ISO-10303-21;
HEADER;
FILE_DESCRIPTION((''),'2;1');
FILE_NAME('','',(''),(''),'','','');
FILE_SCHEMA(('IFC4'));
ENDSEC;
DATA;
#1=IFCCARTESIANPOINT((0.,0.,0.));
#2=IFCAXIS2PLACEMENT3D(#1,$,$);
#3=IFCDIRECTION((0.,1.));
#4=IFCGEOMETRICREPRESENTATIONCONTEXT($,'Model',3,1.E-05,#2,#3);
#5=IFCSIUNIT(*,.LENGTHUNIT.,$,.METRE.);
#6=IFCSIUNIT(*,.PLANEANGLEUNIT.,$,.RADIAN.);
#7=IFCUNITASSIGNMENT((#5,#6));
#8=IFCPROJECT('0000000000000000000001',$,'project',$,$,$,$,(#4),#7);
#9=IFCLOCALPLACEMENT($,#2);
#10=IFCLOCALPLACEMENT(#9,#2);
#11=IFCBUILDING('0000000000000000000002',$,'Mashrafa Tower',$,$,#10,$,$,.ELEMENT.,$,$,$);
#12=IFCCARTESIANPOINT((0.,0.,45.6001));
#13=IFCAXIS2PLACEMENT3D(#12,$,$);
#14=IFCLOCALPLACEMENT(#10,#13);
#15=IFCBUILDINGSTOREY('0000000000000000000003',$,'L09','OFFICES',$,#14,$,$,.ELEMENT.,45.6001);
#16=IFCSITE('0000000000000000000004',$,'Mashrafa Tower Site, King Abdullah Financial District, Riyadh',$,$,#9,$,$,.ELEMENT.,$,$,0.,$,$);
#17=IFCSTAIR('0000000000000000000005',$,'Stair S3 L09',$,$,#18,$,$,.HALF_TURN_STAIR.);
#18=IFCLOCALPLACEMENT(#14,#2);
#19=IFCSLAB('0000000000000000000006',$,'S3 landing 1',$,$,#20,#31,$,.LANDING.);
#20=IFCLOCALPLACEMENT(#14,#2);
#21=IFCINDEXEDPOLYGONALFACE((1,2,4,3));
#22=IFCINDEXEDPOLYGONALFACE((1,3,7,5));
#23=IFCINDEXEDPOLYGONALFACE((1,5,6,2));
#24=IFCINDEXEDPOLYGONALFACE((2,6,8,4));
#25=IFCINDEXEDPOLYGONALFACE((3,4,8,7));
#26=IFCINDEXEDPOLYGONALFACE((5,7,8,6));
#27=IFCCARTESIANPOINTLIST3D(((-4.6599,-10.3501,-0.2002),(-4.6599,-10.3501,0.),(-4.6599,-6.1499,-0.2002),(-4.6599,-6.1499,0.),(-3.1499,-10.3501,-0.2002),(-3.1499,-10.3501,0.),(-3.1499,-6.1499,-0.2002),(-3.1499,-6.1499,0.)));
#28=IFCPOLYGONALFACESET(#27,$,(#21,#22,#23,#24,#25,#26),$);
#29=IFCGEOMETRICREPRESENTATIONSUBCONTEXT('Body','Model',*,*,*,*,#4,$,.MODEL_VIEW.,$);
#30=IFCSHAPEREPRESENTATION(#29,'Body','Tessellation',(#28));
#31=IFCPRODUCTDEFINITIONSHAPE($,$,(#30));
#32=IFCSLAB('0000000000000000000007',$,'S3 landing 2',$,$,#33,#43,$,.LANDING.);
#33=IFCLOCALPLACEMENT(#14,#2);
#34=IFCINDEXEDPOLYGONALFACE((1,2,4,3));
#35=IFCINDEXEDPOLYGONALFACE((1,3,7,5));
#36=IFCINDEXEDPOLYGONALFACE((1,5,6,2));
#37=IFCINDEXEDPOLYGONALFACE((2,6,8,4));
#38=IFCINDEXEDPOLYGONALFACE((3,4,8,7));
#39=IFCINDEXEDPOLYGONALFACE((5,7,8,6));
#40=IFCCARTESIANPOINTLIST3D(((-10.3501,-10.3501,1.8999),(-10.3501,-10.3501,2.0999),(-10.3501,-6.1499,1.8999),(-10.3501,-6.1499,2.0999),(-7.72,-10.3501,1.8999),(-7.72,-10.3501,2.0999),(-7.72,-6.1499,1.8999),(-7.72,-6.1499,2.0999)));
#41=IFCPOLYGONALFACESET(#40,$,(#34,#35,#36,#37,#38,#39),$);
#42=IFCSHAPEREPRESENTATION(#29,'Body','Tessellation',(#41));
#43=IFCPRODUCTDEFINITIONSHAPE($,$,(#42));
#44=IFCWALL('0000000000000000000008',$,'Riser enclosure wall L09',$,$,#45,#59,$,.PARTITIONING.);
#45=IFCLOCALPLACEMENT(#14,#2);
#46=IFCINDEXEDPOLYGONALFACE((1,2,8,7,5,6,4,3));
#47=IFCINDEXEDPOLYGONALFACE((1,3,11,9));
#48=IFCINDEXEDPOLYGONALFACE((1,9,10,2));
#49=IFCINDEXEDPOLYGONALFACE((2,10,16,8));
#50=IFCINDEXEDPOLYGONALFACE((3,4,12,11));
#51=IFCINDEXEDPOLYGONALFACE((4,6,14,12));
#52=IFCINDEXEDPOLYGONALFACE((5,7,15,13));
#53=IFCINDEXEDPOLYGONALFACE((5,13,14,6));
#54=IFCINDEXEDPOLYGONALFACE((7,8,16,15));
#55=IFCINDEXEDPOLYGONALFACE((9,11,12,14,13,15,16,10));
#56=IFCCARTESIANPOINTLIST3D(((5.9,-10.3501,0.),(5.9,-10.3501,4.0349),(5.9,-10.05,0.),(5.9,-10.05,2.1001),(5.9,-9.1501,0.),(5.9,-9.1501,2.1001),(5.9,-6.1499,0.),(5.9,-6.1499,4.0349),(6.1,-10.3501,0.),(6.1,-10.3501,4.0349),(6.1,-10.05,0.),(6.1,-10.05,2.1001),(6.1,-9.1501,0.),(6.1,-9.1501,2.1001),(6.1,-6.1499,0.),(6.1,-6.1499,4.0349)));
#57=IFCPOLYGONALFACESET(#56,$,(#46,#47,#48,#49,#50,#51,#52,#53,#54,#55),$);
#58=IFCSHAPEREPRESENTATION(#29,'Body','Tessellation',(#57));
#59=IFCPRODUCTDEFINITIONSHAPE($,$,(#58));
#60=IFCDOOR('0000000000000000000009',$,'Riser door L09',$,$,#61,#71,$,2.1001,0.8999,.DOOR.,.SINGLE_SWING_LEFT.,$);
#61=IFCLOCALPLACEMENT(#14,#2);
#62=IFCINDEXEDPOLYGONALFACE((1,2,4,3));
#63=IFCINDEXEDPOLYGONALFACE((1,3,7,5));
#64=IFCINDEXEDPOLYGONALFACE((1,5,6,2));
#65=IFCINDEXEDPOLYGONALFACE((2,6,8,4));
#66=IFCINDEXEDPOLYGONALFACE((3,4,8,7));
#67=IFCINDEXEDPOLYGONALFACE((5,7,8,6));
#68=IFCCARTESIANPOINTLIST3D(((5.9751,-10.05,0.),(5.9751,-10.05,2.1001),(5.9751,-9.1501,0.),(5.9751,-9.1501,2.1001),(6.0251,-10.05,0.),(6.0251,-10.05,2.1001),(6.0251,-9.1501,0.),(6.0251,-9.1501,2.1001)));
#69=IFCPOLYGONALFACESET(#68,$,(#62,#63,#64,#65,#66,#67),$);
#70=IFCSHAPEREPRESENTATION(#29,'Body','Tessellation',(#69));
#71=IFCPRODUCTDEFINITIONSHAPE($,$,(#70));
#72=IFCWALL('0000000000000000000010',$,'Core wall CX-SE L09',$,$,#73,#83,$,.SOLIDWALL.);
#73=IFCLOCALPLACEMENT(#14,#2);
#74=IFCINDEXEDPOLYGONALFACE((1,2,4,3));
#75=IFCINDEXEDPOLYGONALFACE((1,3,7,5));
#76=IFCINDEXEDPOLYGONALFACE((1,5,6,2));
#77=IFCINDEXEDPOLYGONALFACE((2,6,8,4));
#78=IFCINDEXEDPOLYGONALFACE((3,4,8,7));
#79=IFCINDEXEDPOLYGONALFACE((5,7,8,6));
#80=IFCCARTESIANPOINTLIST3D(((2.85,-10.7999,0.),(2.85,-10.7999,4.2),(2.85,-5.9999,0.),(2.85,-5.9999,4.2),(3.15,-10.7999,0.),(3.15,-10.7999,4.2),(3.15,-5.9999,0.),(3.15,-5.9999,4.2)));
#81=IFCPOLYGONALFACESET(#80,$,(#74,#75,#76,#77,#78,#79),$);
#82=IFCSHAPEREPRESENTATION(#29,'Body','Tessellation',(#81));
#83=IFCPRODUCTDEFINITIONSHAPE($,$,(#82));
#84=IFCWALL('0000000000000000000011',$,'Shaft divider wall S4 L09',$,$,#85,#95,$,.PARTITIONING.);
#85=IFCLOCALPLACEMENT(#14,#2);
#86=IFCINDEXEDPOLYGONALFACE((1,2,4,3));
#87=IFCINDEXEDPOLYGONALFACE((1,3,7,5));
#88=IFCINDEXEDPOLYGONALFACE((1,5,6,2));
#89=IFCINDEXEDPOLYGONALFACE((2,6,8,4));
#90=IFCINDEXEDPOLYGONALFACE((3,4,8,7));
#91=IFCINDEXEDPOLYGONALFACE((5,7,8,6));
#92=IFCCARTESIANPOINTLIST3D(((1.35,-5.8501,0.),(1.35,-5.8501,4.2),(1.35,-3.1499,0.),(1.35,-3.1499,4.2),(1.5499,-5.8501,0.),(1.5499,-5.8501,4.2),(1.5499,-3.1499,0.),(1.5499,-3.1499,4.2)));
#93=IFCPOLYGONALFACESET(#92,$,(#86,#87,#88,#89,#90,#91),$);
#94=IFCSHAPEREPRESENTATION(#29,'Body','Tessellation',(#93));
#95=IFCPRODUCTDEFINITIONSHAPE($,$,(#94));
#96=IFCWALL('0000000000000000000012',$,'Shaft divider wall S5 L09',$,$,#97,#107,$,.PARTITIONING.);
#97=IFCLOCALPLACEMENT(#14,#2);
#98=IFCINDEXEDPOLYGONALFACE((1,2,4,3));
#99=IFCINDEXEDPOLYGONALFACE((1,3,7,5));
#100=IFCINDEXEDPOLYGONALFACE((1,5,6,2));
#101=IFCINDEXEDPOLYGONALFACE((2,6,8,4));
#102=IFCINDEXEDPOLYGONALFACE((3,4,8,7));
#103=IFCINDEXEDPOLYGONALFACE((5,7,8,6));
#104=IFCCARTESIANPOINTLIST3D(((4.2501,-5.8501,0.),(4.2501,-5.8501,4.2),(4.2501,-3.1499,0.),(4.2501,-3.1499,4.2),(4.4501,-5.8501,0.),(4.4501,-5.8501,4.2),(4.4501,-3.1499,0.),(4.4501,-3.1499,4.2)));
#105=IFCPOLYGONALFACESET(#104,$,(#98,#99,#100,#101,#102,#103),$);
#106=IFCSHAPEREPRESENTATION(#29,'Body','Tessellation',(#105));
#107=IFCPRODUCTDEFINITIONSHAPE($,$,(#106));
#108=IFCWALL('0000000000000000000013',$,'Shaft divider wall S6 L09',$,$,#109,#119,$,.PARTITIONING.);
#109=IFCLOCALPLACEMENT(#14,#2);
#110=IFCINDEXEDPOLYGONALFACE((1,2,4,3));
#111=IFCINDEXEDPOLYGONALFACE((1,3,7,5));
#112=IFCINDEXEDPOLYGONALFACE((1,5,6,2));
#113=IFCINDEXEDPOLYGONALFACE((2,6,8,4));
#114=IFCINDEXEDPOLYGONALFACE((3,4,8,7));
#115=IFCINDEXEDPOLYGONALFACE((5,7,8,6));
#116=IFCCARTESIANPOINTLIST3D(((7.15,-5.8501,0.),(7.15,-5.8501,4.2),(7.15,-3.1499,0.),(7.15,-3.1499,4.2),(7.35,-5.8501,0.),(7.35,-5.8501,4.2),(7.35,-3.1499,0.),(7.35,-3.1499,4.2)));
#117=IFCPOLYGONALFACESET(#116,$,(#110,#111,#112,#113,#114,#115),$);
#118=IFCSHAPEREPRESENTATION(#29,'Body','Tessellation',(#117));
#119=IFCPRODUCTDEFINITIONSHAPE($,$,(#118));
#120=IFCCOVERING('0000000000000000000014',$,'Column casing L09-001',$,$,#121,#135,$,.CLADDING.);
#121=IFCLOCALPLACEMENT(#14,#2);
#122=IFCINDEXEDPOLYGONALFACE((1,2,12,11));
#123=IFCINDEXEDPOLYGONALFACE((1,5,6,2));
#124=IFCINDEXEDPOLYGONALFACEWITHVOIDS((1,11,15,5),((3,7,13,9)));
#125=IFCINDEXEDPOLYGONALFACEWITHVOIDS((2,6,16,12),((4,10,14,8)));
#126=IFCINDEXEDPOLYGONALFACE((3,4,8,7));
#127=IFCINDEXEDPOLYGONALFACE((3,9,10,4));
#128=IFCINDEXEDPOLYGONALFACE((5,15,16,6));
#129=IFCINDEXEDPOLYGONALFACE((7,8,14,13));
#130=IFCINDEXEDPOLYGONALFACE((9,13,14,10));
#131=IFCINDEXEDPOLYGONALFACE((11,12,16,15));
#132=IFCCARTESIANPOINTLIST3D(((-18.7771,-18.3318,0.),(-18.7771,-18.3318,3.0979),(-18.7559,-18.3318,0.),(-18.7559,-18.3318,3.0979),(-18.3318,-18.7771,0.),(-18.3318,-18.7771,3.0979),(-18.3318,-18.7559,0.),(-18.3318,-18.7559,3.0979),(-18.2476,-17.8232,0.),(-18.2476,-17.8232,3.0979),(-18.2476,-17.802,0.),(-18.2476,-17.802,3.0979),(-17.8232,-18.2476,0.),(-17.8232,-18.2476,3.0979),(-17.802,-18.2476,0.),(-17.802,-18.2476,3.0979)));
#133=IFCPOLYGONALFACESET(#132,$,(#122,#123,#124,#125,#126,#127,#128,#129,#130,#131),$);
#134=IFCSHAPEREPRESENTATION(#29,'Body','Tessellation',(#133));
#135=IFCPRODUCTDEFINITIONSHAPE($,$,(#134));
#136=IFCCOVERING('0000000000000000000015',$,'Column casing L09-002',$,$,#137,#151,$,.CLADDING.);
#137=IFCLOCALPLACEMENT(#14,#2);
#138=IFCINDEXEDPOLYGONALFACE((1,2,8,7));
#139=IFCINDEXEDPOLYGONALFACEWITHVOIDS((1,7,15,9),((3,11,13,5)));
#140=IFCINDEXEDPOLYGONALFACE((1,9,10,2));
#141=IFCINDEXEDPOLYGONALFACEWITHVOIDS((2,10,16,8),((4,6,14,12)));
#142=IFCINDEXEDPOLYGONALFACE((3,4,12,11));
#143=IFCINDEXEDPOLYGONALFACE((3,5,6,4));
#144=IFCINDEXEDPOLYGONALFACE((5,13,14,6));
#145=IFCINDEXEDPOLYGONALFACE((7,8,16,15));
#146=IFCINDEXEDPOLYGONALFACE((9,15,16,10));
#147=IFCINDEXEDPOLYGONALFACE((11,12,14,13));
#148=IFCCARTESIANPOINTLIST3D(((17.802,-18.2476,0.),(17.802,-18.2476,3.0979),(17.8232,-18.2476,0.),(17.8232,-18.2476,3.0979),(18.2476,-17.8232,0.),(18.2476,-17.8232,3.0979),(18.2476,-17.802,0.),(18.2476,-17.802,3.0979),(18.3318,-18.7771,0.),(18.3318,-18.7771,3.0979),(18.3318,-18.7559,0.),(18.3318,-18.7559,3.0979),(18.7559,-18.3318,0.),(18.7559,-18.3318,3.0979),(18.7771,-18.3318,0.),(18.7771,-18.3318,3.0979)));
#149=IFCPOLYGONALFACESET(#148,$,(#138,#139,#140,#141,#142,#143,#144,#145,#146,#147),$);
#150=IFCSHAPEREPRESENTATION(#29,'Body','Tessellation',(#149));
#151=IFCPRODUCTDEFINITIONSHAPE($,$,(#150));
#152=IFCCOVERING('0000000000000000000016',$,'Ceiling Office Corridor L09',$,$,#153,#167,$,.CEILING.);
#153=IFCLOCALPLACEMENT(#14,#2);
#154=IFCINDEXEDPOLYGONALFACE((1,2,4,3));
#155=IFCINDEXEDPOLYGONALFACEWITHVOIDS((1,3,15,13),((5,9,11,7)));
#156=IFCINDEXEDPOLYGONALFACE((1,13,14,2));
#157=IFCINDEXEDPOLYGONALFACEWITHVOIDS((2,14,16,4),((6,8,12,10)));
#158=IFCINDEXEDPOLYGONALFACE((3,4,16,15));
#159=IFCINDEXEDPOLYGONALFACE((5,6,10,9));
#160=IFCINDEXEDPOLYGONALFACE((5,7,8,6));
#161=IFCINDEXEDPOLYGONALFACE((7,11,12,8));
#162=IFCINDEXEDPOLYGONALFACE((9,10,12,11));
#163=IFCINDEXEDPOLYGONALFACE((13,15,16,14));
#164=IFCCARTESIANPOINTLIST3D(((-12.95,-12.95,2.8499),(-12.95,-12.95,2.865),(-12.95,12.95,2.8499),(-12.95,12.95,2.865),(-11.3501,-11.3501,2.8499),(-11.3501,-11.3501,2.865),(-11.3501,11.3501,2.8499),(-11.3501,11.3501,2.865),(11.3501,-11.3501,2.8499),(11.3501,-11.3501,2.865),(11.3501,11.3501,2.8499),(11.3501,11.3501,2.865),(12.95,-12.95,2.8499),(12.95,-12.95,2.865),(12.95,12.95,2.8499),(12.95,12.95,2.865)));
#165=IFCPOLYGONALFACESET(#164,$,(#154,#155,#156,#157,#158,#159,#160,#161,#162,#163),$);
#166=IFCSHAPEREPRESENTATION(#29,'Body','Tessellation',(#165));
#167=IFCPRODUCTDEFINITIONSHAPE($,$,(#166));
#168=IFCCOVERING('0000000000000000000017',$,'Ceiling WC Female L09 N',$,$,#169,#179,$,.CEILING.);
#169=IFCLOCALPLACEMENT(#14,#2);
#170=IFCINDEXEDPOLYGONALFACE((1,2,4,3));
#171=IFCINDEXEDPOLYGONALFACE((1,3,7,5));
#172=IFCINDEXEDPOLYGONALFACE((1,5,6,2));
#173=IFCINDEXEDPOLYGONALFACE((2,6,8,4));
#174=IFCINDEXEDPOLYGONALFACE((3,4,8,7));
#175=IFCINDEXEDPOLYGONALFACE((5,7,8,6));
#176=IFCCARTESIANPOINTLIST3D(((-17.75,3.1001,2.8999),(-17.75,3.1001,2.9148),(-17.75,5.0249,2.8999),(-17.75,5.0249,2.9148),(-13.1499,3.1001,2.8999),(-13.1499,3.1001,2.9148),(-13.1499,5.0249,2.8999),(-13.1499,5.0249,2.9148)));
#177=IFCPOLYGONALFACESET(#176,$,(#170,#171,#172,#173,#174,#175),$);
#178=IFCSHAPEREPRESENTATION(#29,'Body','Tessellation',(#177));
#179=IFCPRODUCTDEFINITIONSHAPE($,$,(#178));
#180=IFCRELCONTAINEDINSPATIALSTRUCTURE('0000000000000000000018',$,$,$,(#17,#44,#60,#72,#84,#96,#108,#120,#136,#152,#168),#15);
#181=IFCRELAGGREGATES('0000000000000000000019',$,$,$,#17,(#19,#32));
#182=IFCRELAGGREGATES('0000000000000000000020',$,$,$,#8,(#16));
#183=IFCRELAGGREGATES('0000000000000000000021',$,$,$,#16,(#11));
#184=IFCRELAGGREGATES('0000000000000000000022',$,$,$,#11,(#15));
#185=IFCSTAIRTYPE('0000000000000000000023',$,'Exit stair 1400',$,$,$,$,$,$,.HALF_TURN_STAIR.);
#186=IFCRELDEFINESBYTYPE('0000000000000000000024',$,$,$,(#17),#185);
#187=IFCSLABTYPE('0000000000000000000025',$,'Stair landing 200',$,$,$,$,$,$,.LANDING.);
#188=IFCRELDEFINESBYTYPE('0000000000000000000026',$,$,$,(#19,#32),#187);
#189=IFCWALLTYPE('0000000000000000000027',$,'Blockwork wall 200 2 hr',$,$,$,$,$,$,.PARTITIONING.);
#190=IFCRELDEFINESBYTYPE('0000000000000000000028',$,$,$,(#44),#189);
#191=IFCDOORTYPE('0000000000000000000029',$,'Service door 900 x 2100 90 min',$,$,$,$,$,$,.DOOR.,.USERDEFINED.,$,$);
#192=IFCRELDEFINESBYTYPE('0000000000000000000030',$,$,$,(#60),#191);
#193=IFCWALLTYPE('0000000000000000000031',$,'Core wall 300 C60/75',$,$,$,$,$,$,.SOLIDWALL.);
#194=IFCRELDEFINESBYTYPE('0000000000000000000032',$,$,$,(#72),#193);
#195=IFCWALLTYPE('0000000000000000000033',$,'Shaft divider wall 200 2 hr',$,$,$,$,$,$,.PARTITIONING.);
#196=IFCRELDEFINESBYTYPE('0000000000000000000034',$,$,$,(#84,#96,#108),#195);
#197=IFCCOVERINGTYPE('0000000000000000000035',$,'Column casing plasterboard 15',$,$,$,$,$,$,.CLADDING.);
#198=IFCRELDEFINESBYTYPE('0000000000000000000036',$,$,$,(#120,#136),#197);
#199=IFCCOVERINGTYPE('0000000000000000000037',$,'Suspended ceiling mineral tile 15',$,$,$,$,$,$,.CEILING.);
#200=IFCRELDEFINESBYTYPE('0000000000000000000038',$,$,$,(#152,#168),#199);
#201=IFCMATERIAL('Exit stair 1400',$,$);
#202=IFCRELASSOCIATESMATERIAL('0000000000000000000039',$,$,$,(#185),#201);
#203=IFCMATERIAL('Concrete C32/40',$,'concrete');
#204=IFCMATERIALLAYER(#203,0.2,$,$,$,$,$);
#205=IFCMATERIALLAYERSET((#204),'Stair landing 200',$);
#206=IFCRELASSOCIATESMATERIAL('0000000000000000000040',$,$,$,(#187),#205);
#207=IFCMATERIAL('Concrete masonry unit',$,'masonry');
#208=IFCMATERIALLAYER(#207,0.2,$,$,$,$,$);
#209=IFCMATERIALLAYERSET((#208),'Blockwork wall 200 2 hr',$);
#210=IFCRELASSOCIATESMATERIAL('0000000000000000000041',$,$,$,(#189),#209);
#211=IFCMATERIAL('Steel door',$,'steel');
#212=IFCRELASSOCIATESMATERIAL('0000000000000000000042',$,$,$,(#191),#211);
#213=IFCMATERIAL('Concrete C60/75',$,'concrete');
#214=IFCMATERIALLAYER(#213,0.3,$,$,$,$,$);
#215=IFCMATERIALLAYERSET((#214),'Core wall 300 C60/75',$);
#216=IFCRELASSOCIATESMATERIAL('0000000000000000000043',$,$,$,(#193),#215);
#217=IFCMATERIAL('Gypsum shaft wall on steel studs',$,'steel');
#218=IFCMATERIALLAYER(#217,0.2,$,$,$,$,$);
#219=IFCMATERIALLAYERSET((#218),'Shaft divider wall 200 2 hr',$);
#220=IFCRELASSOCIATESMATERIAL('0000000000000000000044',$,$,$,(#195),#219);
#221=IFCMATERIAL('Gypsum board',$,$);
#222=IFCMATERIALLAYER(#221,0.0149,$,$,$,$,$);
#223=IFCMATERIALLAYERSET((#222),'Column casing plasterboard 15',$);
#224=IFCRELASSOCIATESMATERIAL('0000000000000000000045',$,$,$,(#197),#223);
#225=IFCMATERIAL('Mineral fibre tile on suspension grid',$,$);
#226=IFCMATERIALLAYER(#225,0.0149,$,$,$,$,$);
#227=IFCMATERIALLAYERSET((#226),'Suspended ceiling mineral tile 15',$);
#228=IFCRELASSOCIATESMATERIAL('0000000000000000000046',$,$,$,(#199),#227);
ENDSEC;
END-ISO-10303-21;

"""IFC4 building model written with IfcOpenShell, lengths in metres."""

from ifc_helpers import new_model, si_unit, direction, frame, frame_2d, origin, place, context, subcontext, project, spatial, polyline, rectangle, outline, extrude, material, layer, layer_set, type_object, element, fill, aggregate, save


model = new_model("IFC4")

# Units and contexts
model_context = context("Model", 3, precision=1e-05, world=origin(), true_north=direction((0.0, 1.0)))
body_context = subcontext(model_context, "Body", "Model", "MODEL_VIEW")
ifc_project = project(units=[si_unit("LENGTHUNIT", "METRE"), si_unit("PLANEANGLEUNIT", "RADIAN")], contexts=[model_context])

# Site, building, storey
site_placement = place(None, origin())
site = spatial("IfcSite", under=ifc_project, at=site_placement, Name="Mashrafa Tower Site, King Abdullah Financial District, Riyadh", CompositionType="ELEMENT", RefElevation=0.0)
building_placement = place(site_placement, origin())
building = spatial("IfcBuilding", under=site, at=building_placement, Name="Mashrafa Tower", CompositionType="ELEMENT")
storey_placement = place(building_placement, frame((0.0, 0.0, 45.6001)))
storey = spatial("IfcBuildingStorey", under=building, at=storey_placement, Name="L09", Description="OFFICES", CompositionType="ELEMENT", Elevation=45.6001)

# Stair, slabs
ifc_material_1 = material(Name="Exit stair 1400")
stair_type = type_object("IfcStairType", Name="Exit stair 1400", PredefinedType="HALF_TURN_STAIR", material=ifc_material_1)
ifc_material_2 = material(Name="Concrete C32/40", Category="concrete")
ifc_layer_1 = layer(ifc_material_2, 0.2)
ifc_layer_set_1 = layer_set([ifc_layer_1], Name="Stair landing 200")
slab_type_1 = type_object("IfcSlabType", Name="Stair landing 200", PredefinedType="LANDING", material=ifc_layer_set_1)
stair_1_placement = place(storey_placement, origin())
stair_1 = element("IfcStair", 1, at=stair_1_placement, inside=storey, type_object=stair_type, Name="Stair S3 L09", PredefinedType="HALF_TURN_STAIR")
slab_1_placement = place(storey_placement, frame((0.0, 0.0, -0.2002)))
slab_1 = element("IfcSlab", 2, at=slab_1_placement, type_object=slab_type_1, Name="S3 landing 1", PredefinedType="LANDING", context=body_context, shape_type="SweptSolid", body=[
    extrude(outline(polyline([(-4.6599, -10.3501), (-3.1499, -10.3501), (-3.1499, -6.1499), (-4.6599, -6.1499), (-4.6599, -10.3501)])), origin(), (0.0, 0.0, 1.0), 0.2002),
])
slab_2_placement = place(storey_placement, frame((0.0, 0.0, 1.8999)))
slab_2 = element("IfcSlab", 3, at=slab_2_placement, type_object=slab_type_1, Name="S3 landing 2", PredefinedType="LANDING", context=body_context, shape_type="SweptSolid", body=[
    extrude(outline(polyline([(-10.3501, -10.3501), (-7.72, -10.3501), (-7.72, -6.1499), (-10.3501, -6.1499), (-10.3501, -10.3501)])), origin(), (0.0, 0.0, 1.0), 0.2),
])
aggregate(stair_1, [slab_1, slab_2])

# Wall, opening, door
ifc_material_3 = material(Name="Concrete masonry unit", Category="masonry")
ifc_layer_2 = layer(ifc_material_3, 0.2)
ifc_layer_set_2 = layer_set([ifc_layer_2], Name="Blockwork wall 200 2 hr")
wall_type_1 = type_object("IfcWallType", Name="Blockwork wall 200 2 hr", PredefinedType="PARTITIONING", material=ifc_layer_set_2)
wall_1_placement = place(storey_placement, frame((6.0, -10.3501, 0.0), z_axis=(0.0, 0.0, 1.0), x_axis=(0.0, 1.0, 0.0)))
wall_1 = element("IfcWall", 4, at=wall_1_placement, inside=storey, type_object=wall_type_1, Name="Riser enclosure wall L09", PredefinedType="PARTITIONING", context=body_context, shape_type="SweptSolid", body=[
    extrude(rectangle(XDim=4.2002, YDim=0.2, at=frame_2d((2.1001, 0.0))), origin(), (0.0, 0.0, 1.0), 4.0349),
])
opening_placement = place(wall_1_placement, frame((0.3, 0.0, 0.0)))
opening = element("IfcOpeningElement", 5, at=opening_placement, cuts=wall_1, PredefinedType="OPENING", context=body_context, shape_type="SweptSolid", body=[
    extrude(rectangle(XDim=0.8999, YDim=2.1001, at=frame_2d((0.45, 1.05))), frame((0.0, 0.1099, 0.0), z_axis=(0.0, -1.0, 0.0), x_axis=(1.0, 0.0, 0.0)), (0.0, 0.0, 1.0), 0.22),
])
ifc_material_4 = material(Name="Steel door", Category="steel")
door_type = type_object("IfcDoorType", Name="Service door 900 x 2100 90 min", OperationType="USERDEFINED", PredefinedType="DOOR", material=ifc_material_4)
door_placement = place(opening_placement, origin())
door = element("IfcDoor", 6, at=door_placement, inside=storey, type_object=door_type, Name="Riser door L09", OperationType="SINGLE_SWING_LEFT", OverallHeight=2.1001, OverallWidth=0.8999, PredefinedType="DOOR", context=body_context, shape_type="SweptSolid", body=[
    extrude(rectangle(XDim=0.8999, YDim=2.1001, at=frame_2d((0.45, 1.05))), frame((0.0, 0.0249, 0.0), z_axis=(0.0, -1.0, 0.0), x_axis=(1.0, 0.0, 0.0)), (0.0, 0.0, 1.0), 0.05),
])
fill(opening, door)

# Walls
ifc_material_5 = material(Name="Concrete C60/75", Category="concrete")
ifc_layer_3 = layer(ifc_material_5, 0.3)
ifc_layer_set_3 = layer_set([ifc_layer_3], Name="Core wall 300 C60/75")
wall_type_2 = type_object("IfcWallType", Name="Core wall 300 C60/75", PredefinedType="SOLIDWALL", material=ifc_layer_set_3)
wall_2_placement = place(storey_placement, frame((3.0, -6.0, 0.0), z_axis=(0.0, 0.0, 1.0), x_axis=(0.0, -1.0, 0.0)))
element("IfcWall", 7, at=wall_2_placement, inside=storey, type_object=wall_type_2, Name="Core wall CX-SE L09", PredefinedType="SOLIDWALL", context=body_context, shape_type="SweptSolid", body=[
    extrude(rectangle(XDim=4.8, YDim=0.3, at=frame_2d((2.3999, 0.0))), origin(), (0.0, 0.0, 1.0), 4.2),
])
ifc_material_6 = material(Name="Gypsum shaft wall on steel studs", Category="steel")
ifc_layer_4 = layer(ifc_material_6, 0.2)
ifc_layer_set_4 = layer_set([ifc_layer_4], Name="Shaft divider wall 200 2 hr")
wall_type_3 = type_object("IfcWallType", Name="Shaft divider wall 200 2 hr", PredefinedType="PARTITIONING", material=ifc_layer_set_4)
for number, where, z_axis, x_axis, name in (
    (8, (1.45, -5.8501, 0.0), (0.0, 0.0, 1.0), (0.0, 1.0, 0.0), "Shaft divider wall S4 L09"),
    (9, (4.3501, -5.8501, 0.0), (0.0, 0.0, 1.0), (0.0, 1.0, 0.0), "Shaft divider wall S5 L09"),
    (10, (7.25, -5.8501, 0.0), (0.0, 0.0, 1.0), (0.0, 1.0, 0.0), "Shaft divider wall S6 L09"),
):
    element("IfcWall", number, at=place(storey_placement, frame(where, z_axis=z_axis, x_axis=x_axis)), inside=storey, type_object=wall_type_3, Name=name, PredefinedType="PARTITIONING", context=body_context, shape_type="SweptSolid", body=[
        extrude(rectangle(XDim=2.7002, YDim=0.2, at=frame_2d((1.3501, 0.0))), origin(), (0.0, 0.0, 1.0), 4.2),
    ])

# Coverings
ifc_material_7 = material(Name="Gypsum board")
ifc_layer_5 = layer(ifc_material_7, 0.0149)
ifc_layer_set_5 = layer_set([ifc_layer_5], Name="Column casing plasterboard 15")
covering_type_1 = type_object("IfcCoveringType", Name="Column casing plasterboard 15", PredefinedType="CLADDING", material=ifc_layer_set_5)
covering_1_placement = place(storey_placement, origin())
element("IfcCovering", 11, at=covering_1_placement, inside=storey, type_object=covering_type_1, Name="Column casing L09-001", PredefinedType="CLADDING", context=body_context, shape_type="SweptSolid", body=[
    extrude(outline(polyline([(-18.7771, -18.3318), (-18.2476, -17.802), (-17.802, -18.2476), (-18.3318, -18.7771), (-18.7771, -18.3318)]), holes=[polyline([(-17.8232, -18.2476), (-18.2476, -17.8232), (-18.7559, -18.3318), (-18.3318, -18.7559), (-17.8232, -18.2476)])]), origin(), (0.0, 0.0, 1.0), 3.0979),
])
covering_2_placement = place(storey_placement, origin())
element("IfcCovering", 12, at=covering_2_placement, inside=storey, type_object=covering_type_1, Name="Column casing L09-002", PredefinedType="CLADDING", context=body_context, shape_type="SweptSolid", body=[
    extrude(outline(polyline([(17.802, -18.2476), (18.2476, -17.802), (18.7771, -18.3318), (18.3318, -18.7771), (17.802, -18.2476)]), holes=[polyline([(18.7559, -18.3318), (18.2476, -17.8232), (17.8232, -18.2476), (18.3318, -18.7559), (18.7559, -18.3318)])]), origin(), (0.0, 0.0, 1.0), 3.0979),
])
ifc_material_8 = material(Name="Mineral fibre tile on suspension grid")
ifc_layer_6 = layer(ifc_material_8, 0.0149)
ifc_layer_set_6 = layer_set([ifc_layer_6], Name="Suspended ceiling mineral tile 15")
covering_type_2 = type_object("IfcCoveringType", Name="Suspended ceiling mineral tile 15", PredefinedType="CEILING", material=ifc_layer_set_6)
covering_3_placement = place(storey_placement, frame((0.0, 0.0, 2.8499)))
element("IfcCovering", 13, at=covering_3_placement, inside=storey, type_object=covering_type_2, Name="Ceiling Office Corridor L09", PredefinedType="CEILING", context=body_context, shape_type="SweptSolid", body=[
    extrude(outline(polyline([(-12.95, -12.95), (-12.95, 12.95), (12.95, 12.95), (12.95, -12.95), (-12.95, -12.95)]), holes=[polyline([(11.3501, 11.3501), (-11.3501, 11.3501), (-11.3501, -11.3501), (11.3501, -11.3501), (11.3501, 11.3501)])]), origin(), (0.0, 0.0, 1.0), 0.0151),
])
covering_4_placement = place(storey_placement, frame((0.0, 0.0, 2.8999)))
element("IfcCovering", 14, at=covering_4_placement, inside=storey, type_object=covering_type_2, Name="Ceiling WC Female L09 N", PredefinedType="CEILING", context=body_context, shape_type="SweptSolid", body=[
    extrude(outline(polyline([(-17.75, 3.1001), (-17.75, 5.0249), (-13.1499, 5.0249), (-13.1499, 3.1001), (-17.75, 3.1001)])), origin(), (0.0, 0.0, 1.0), 0.0149),
])

save(model, "model.ifc")
